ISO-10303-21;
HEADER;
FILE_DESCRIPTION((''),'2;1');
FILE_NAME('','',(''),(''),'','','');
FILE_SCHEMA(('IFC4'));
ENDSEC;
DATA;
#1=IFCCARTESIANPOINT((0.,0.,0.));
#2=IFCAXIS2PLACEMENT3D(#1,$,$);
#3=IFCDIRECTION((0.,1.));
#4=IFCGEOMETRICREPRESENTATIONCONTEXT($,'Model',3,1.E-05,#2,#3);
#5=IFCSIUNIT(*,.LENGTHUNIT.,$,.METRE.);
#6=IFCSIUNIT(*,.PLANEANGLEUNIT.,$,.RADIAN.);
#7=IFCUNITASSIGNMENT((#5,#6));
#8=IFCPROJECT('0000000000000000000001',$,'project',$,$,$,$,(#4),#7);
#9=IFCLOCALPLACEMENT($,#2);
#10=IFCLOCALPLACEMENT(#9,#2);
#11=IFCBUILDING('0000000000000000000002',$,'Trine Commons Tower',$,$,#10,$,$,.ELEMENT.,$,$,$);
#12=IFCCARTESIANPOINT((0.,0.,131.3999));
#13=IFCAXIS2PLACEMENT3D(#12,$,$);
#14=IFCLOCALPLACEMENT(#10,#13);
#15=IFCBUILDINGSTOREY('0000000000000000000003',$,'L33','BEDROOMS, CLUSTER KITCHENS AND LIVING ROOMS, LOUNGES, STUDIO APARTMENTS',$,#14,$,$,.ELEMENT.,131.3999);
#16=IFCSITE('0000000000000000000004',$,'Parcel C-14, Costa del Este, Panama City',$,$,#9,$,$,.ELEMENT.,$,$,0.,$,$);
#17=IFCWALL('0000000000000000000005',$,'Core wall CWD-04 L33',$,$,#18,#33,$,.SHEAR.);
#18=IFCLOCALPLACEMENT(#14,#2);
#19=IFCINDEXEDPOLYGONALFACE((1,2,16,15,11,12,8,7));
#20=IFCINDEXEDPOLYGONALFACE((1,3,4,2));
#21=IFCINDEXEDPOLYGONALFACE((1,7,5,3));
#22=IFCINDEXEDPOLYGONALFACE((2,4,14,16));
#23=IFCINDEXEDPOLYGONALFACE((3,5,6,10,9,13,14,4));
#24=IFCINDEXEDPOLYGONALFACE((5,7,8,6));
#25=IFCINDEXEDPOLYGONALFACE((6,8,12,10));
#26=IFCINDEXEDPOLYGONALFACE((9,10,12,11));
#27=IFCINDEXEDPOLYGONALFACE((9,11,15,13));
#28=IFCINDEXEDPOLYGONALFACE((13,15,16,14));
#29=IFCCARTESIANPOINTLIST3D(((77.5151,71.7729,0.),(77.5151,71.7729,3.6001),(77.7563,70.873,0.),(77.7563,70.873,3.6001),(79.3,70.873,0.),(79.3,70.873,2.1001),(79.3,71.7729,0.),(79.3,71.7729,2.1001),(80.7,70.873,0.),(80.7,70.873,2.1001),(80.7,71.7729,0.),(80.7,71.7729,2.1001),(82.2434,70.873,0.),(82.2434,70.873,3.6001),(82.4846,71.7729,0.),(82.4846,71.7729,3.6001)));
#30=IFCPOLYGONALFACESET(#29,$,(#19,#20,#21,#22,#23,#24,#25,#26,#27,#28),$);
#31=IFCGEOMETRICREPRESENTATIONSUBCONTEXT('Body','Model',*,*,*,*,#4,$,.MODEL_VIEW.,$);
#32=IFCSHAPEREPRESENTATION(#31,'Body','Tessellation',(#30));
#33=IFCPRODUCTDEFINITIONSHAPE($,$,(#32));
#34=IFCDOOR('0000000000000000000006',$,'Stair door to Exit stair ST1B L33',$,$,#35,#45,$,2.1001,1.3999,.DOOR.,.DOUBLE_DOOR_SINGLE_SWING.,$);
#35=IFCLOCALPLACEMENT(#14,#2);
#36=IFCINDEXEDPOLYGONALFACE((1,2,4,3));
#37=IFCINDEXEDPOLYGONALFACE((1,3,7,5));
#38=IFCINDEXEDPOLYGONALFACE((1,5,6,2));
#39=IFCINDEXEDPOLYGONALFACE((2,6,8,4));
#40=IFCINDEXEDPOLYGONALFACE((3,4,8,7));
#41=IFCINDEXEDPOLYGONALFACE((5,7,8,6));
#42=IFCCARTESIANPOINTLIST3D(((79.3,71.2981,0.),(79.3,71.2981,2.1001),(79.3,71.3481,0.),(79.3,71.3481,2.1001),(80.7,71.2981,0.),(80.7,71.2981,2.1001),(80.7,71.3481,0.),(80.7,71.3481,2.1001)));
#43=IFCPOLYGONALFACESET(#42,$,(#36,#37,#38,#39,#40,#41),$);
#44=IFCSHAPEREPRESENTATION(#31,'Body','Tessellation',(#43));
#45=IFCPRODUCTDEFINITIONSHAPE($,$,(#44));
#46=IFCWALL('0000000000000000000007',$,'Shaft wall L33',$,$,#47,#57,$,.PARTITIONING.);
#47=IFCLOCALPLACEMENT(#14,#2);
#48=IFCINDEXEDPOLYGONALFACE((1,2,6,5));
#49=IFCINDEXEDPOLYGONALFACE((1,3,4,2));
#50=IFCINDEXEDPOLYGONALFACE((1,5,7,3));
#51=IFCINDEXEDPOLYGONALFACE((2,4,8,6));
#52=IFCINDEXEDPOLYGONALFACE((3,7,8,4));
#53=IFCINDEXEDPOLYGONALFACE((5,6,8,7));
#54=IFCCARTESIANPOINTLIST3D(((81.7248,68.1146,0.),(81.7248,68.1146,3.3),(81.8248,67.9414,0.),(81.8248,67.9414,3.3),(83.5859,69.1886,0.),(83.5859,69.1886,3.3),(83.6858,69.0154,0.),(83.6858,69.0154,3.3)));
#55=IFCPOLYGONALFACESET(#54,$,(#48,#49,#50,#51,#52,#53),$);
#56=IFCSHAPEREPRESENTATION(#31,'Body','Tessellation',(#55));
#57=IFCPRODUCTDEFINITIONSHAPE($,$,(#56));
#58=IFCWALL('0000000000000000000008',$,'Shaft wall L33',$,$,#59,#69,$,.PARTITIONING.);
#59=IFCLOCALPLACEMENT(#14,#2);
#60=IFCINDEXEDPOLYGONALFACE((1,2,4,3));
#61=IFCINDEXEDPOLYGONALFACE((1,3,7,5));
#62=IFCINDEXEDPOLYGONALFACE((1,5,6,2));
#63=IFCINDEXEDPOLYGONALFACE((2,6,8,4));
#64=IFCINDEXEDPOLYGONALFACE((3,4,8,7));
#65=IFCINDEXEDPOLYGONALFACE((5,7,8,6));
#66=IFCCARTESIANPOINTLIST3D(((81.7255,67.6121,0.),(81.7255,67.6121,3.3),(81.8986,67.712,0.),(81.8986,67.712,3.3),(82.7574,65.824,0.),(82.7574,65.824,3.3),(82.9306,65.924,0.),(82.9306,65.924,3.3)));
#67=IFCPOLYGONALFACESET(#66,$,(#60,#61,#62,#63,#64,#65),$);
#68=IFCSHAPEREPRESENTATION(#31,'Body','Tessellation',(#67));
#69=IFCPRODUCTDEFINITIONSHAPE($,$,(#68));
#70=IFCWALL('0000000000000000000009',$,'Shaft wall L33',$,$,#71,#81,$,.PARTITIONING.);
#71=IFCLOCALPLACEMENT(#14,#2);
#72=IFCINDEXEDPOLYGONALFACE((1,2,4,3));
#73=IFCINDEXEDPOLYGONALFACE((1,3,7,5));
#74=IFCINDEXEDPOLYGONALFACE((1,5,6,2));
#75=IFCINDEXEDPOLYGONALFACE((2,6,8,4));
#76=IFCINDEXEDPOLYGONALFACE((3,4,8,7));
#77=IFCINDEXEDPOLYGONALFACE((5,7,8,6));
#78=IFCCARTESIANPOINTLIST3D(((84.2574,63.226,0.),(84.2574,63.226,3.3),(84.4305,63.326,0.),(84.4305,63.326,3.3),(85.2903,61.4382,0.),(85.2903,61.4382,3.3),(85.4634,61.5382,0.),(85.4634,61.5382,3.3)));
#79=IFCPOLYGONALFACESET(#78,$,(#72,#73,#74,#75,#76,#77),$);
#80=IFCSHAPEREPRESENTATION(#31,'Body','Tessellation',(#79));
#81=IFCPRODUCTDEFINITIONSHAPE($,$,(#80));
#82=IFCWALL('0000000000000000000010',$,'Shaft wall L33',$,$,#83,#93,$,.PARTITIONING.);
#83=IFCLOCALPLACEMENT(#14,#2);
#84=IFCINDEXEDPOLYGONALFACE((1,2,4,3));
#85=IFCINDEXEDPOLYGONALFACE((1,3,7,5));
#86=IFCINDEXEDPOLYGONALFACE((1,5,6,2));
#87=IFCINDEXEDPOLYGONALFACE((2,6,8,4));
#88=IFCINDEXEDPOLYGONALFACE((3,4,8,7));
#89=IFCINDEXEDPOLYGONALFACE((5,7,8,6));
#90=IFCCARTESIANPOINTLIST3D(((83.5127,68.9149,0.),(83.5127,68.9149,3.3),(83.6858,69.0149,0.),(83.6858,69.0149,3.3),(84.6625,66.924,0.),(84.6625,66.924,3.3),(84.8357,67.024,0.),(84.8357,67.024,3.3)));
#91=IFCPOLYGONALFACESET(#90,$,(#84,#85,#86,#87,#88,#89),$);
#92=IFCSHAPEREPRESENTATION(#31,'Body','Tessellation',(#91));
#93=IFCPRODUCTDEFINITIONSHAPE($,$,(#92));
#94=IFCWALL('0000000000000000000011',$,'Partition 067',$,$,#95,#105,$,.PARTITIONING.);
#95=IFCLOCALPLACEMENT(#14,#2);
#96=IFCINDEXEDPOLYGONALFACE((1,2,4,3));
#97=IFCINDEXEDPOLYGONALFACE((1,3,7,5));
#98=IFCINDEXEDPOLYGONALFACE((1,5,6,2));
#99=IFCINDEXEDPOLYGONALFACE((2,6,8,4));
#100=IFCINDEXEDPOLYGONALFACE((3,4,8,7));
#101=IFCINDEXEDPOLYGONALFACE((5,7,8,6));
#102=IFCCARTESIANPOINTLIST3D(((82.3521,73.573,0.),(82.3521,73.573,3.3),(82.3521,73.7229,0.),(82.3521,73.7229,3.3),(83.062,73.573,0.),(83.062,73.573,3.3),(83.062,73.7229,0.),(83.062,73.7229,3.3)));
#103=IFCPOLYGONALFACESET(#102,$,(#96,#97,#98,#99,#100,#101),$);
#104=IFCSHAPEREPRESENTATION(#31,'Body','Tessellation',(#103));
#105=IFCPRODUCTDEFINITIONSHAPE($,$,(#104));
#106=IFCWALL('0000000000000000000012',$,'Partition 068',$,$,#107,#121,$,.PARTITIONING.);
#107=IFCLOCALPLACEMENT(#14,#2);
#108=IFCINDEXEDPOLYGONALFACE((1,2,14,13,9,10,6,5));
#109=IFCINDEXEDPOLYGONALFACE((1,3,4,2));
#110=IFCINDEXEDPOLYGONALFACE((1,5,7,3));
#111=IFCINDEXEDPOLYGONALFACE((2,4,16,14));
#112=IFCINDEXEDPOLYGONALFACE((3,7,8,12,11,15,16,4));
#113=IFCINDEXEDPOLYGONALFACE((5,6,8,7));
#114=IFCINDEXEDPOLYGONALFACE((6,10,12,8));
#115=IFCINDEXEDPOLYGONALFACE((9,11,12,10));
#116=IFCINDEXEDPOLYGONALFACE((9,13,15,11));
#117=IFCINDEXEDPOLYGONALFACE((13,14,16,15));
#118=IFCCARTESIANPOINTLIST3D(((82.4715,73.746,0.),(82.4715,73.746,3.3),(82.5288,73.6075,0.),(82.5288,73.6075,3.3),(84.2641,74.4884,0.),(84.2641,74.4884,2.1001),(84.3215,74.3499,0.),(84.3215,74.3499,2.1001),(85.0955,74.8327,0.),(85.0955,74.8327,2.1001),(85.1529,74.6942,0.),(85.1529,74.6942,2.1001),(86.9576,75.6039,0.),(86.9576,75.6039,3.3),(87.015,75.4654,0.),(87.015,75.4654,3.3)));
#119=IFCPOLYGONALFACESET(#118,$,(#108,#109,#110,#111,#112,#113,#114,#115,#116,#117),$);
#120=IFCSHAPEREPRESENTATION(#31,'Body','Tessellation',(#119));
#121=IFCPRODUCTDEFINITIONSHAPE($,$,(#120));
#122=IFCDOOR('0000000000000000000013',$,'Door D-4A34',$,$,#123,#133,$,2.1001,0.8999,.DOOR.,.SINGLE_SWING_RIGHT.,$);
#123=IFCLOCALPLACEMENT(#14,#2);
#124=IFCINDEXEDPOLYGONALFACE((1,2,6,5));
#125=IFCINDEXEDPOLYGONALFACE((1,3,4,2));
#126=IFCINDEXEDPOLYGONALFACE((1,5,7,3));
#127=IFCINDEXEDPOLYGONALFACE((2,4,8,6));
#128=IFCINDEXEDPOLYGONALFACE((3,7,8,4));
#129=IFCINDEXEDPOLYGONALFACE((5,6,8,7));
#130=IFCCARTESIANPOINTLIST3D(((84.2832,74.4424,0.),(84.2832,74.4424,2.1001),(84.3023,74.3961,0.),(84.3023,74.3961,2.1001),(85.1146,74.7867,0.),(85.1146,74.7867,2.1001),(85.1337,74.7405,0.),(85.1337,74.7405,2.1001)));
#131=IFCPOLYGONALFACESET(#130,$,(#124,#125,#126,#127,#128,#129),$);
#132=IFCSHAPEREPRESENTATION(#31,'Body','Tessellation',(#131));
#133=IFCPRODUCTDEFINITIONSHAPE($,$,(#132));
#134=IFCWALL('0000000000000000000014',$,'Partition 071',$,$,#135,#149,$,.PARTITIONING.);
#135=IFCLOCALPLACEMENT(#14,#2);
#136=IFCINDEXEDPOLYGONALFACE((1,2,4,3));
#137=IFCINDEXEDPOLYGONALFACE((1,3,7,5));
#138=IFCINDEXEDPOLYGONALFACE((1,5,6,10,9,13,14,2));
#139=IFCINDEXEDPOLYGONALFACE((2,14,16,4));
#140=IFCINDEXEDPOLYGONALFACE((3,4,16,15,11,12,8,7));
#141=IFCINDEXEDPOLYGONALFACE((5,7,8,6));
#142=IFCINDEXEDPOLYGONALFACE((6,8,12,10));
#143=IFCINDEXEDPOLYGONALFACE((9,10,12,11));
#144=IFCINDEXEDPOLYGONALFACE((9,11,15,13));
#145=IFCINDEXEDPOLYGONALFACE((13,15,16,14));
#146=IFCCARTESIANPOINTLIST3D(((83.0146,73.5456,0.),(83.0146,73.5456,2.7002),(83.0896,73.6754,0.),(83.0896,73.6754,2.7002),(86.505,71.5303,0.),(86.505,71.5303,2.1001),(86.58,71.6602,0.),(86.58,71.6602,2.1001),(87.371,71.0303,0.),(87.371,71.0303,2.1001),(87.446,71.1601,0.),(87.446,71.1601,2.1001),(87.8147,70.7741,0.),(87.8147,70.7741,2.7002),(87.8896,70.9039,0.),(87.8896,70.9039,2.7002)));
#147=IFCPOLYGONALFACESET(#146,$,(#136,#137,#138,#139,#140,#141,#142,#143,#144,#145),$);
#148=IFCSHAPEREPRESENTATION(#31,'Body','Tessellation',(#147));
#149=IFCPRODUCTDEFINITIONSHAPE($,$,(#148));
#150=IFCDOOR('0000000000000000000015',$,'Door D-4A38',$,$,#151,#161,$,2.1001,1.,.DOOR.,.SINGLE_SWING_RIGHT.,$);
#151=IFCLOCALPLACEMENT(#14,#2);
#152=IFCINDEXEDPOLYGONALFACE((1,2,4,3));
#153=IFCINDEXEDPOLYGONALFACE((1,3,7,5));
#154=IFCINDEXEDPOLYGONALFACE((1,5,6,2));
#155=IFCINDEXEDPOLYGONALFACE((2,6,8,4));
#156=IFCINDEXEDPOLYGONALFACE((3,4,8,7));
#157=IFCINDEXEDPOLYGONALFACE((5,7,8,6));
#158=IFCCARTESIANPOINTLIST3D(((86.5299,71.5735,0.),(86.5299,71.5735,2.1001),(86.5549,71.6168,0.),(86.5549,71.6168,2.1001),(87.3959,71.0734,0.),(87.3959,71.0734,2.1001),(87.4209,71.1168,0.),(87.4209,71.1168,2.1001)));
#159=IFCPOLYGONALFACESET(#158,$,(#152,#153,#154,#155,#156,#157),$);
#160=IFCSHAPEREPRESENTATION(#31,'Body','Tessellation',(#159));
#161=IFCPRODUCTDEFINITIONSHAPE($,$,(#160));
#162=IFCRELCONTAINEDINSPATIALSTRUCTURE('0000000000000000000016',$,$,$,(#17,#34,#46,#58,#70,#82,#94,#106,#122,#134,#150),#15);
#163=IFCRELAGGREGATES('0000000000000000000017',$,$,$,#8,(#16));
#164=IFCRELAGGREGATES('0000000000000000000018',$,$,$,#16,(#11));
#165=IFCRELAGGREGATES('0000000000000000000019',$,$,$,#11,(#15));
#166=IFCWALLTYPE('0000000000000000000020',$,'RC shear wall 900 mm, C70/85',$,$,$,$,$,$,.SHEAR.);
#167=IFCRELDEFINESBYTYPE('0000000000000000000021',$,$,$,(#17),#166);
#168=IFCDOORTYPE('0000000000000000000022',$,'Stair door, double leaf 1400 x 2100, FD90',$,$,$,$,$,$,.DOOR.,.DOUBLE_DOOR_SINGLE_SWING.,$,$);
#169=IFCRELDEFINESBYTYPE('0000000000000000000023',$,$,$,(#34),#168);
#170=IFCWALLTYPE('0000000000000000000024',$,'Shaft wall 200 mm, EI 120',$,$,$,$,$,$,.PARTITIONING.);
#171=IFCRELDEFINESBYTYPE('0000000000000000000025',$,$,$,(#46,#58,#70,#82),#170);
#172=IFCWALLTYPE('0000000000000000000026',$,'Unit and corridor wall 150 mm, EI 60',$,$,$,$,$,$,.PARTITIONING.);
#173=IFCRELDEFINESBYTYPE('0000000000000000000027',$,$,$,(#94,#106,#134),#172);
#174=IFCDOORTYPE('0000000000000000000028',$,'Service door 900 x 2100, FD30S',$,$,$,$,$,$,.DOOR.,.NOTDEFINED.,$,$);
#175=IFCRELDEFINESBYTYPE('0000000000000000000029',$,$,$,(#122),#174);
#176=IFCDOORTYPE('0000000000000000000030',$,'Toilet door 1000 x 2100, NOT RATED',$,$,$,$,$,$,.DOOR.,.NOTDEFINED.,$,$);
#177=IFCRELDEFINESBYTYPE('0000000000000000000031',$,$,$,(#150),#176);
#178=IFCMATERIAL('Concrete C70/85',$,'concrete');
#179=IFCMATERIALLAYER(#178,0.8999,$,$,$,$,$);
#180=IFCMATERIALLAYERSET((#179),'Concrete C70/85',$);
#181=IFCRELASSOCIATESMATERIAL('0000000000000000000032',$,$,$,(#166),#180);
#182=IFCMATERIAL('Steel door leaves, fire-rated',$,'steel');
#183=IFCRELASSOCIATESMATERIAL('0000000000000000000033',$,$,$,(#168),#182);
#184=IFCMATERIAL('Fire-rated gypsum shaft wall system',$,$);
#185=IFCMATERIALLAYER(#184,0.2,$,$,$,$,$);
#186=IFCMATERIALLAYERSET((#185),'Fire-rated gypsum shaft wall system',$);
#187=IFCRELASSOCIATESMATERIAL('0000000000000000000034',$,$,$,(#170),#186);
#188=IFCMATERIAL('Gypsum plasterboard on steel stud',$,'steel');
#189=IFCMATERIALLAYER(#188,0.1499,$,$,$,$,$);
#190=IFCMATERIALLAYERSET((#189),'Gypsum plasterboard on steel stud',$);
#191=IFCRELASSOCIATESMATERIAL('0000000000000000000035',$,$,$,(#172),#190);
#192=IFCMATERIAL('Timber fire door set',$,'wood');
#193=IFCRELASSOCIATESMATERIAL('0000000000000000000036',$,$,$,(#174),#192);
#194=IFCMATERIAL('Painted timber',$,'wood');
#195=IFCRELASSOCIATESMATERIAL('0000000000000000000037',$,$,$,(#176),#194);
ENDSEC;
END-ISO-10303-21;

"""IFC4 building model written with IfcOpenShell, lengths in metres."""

from ifc_helpers import new_model, si_unit, direction, frame, frame_2d, origin, place, context, subcontext, project, spatial, polyline, rectangle, outline, extrude, material, layer, layer_set, type_object, element, fill, save


model = new_model("IFC4")

# Units and contexts
model_context = context("Model", 3, precision=1e-05, world=origin(), true_north=direction((0.0, 1.0)))
body_context = subcontext(model_context, "Body", "Model", "MODEL_VIEW")
ifc_project = project(units=[si_unit("LENGTHUNIT", "METRE"), si_unit("PLANEANGLEUNIT", "RADIAN")], contexts=[model_context])

# Site, building, storey
site_placement = place(None, origin())
site = spatial("IfcSite", under=ifc_project, at=site_placement, Name="Parcel C-14, Costa del Este, Panama City", CompositionType="ELEMENT", RefElevation=0.0)
building_placement = place(site_placement, origin())
building = spatial("IfcBuilding", under=site, at=building_placement, Name="Trine Commons Tower", CompositionType="ELEMENT")
storey_placement = place(building_placement, frame((0.0, 0.0, 131.3999)))
storey = spatial("IfcBuildingStorey", under=building, at=storey_placement, Name="L33", Description="BEDROOMS, CLUSTER KITCHENS AND LIVING ROOMS, LOUNGES, STUDIO APARTMENTS", CompositionType="ELEMENT", Elevation=131.3999)

# Shared definitions
ifc_material_1 = material(Name="Fire-rated gypsum shaft wall system")
ifc_material_2 = material(Name="Concrete C70/85", Category="concrete")

# Wall, opening, door
ifc_layer_1 = layer(ifc_material_2, 0.8999)
ifc_layer_set_1 = layer_set([ifc_layer_1], Name="Concrete C70/85")
wall_type_1 = type_object("IfcWallType", Name="RC shear wall 900 mm, C70/85", PredefinedType="SHEAR", material=ifc_layer_set_1)
wall_1_placement = place(storey_placement, frame((82.4846, 71.323, 0.0), z_axis=(0.0, 0.0, 1.0), x_axis=(-1.0, 0.0, 0.0)))
wall_1 = element("IfcWall", 1, at=wall_1_placement, inside=storey, type_object=wall_type_1, Name="Core wall CWD-04 L33", PredefinedType="SHEAR", context=body_context, shape_type="SweptSolid", body=[
    extrude(outline(polyline([(0.0, -0.45), (4.9695, -0.45), (4.7283, 0.45), (0.2412, 0.45), (0.0, -0.45)])), origin(), (0.0, 0.0, 1.0), 3.6001),
])
opening_1_placement = place(wall_1_placement, frame((1.7847, 0.0, 0.0)))
opening_1 = element("IfcOpeningElement", 2, at=opening_1_placement, cuts=wall_1, PredefinedType="OPENING", context=body_context, shape_type="SweptSolid", body=[
    extrude(rectangle(XDim=1.3999, YDim=2.1001, at=frame_2d((0.7, 1.05))), frame((0.0, 0.46, 0.0), z_axis=(0.0, -1.0, 0.0), x_axis=(1.0, 0.0, 0.0)), (0.0, 0.0, 1.0), 0.9199),
])
ifc_material_3 = material(Name="Steel door leaves, fire-rated", Category="steel")
door_type_1 = type_object("IfcDoorType", Name="Stair door, double leaf 1400 x 2100, FD90", OperationType="DOUBLE_DOOR_SINGLE_SWING", PredefinedType="DOOR", material=ifc_material_3)
door_1_placement = place(opening_1_placement, origin())
door_1 = element("IfcDoor", 3, at=door_1_placement, inside=storey, type_object=door_type_1, Name="Stair door to Exit stair ST1B L33", OperationType="DOUBLE_DOOR_SINGLE_SWING", OverallHeight=2.1001, OverallWidth=1.3999, PredefinedType="DOOR", context=body_context, shape_type="SweptSolid", body=[
    extrude(rectangle(XDim=1.3999, YDim=2.1001, at=frame_2d((0.7, 1.05))), frame((0.0, 0.0249, 0.0), z_axis=(0.0, -1.0, 0.0), x_axis=(1.0, 0.0, 0.0)), (0.0, 0.0, 1.0), 0.05),
])
fill(opening_1, door_1)

# Walls
ifc_layer_2 = layer(ifc_material_1, 0.2)
ifc_layer_set_2 = layer_set([ifc_layer_2], Name="Fire-rated gypsum shaft wall system")
wall_type_2 = type_object("IfcWallType", Name="Shaft wall 200 mm, EI 120", PredefinedType="PARTITIONING", material=ifc_layer_set_2)
wall_2_placement = place(storey_placement, frame((81.7749, 68.0281, 0.0), z_axis=(0.0, 0.0, 1.0), x_axis=(0.866131, 0.499818, 0.0)))
element("IfcWall", 4, at=wall_2_placement, inside=storey, type_object=wall_type_2, Name="Shaft wall L33", PredefinedType="PARTITIONING", context=body_context, shape_type="SweptSolid", body=[
    extrude(rectangle(XDim=2.1487, YDim=0.2, at=frame_2d((1.0742, 0.0))), origin(), (0.0, 0.0, 1.0), 3.3),
])
wall_3_placement = place(storey_placement, frame((82.844, 65.874, 0.0), z_axis=(0.0, 0.0, 1.0), x_axis=(-0.499866, 0.866103, 0.0)))
element("IfcWall", 5, at=wall_3_placement, inside=storey, type_object=wall_type_2, Name="Shaft wall L33", PredefinedType="PARTITIONING", context=body_context, shape_type="SweptSolid", body=[
    extrude(rectangle(XDim=2.0645, YDim=0.2, at=frame_2d((1.0322, 0.0))), origin(), (0.0, 0.0, 1.0), 3.3),
])
wall_4_placement = place(storey_placement, frame((84.344, 63.2759, 0.0), z_axis=(0.0, 0.0, 1.0), x_axis=(0.500272, -0.865868, 0.0)))
element("IfcWall", 6, at=wall_4_placement, inside=storey, type_object=wall_type_2, Name="Shaft wall L33", PredefinedType="PARTITIONING", context=body_context, shape_type="SweptSolid", body=[
    extrude(rectangle(XDim=2.0647, YDim=0.2, at=frame_2d((1.0322, 0.0))), origin(), (0.0, 0.0, 1.0), 3.3),
])
wall_5_placement = place(storey_placement, frame((84.749, 66.9741, 0.0), z_axis=(0.0, 0.0, 1.0), x_axis=(-0.500136, 0.865947, 0.0)))
element("IfcWall", 7, at=wall_5_placement, inside=storey, type_object=wall_type_2, Name="Shaft wall L33", PredefinedType="PARTITIONING", context=body_context, shape_type="SweptSolid", body=[
    extrude(rectangle(XDim=2.2991, YDim=0.2, at=frame_2d((1.1494, 0.0))), origin(), (0.0, 0.0, 1.0), 3.3),
])
ifc_material_4 = material(Name="Gypsum plasterboard on steel stud", Category="steel")
ifc_layer_3 = layer(ifc_material_4, 0.1499)
ifc_layer_set_3 = layer_set([ifc_layer_3], Name="Gypsum plasterboard on steel stud")
wall_type_3 = type_object("IfcWallType", Name="Unit and corridor wall 150 mm, EI 60", PredefinedType="PARTITIONING", material=ifc_layer_set_3)
wall_6_placement = place(storey_placement, frame((82.3521, 73.6479, 0.0), z_axis=(0.0, 0.0, 1.0), x_axis=(1.0, 0.0, 0.0)))
element("IfcWall", 8, at=wall_6_placement, inside=storey, type_object=wall_type_3, Name="Partition 067", PredefinedType="PARTITIONING", context=body_context, shape_type="SweptSolid", body=[
    extrude(rectangle(XDim=0.71, YDim=0.1499, at=frame_2d((0.355, 0.0))), origin(), (0.0, 0.0, 1.0), 3.3),
])

# Walls, openings, doors
wall_7_placement = place(storey_placement, frame((82.5002, 73.6768, 0.0), z_axis=(0.0, 0.0, 1.0), x_axis=(0.9239, 0.382633, 0.0)))
wall_7 = element("IfcWall", 9, at=wall_7_placement, inside=storey, type_object=wall_type_3, Name="Partition 068", PredefinedType="PARTITIONING", context=body_context, shape_type="SweptSolid", body=[
    extrude(rectangle(XDim=4.8557, YDim=0.1499, at=frame_2d((2.4277, 0.0))), origin(), (0.0, 0.0, 1.0), 3.3),
])
opening_2_placement = place(wall_7_placement, frame((1.9402, 0.0, 0.0)))
opening_2 = element("IfcOpeningElement", 10, at=opening_2_placement, cuts=wall_7, PredefinedType="OPENING", context=body_context, shape_type="SweptSolid", body=[
    extrude(rectangle(XDim=0.8999, YDim=2.1001, at=frame_2d((0.45, 1.05))), frame((0.0, 0.085, 0.0), z_axis=(0.0, -1.0, 0.0), x_axis=(1.0, 0.0, 0.0)), (0.0, 0.0, 1.0), 0.1699),
])
ifc_material_5 = material(Name="Timber fire door set", Category="wood")
door_type_2 = type_object("IfcDoorType", Name="Service door 900 x 2100, FD30S", OperationType="NOTDEFINED", PredefinedType="DOOR", material=ifc_material_5)
door_2_placement = place(opening_2_placement, frame((0.8999, 0.0, 0.0), z_axis=(0.0, 0.0, 1.0), x_axis=(-1.0, 0.0, 0.0)))
door_2 = element("IfcDoor", 11, at=door_2_placement, inside=storey, type_object=door_type_2, Name="Door D-4A34", OperationType="SINGLE_SWING_RIGHT", OverallHeight=2.1001, OverallWidth=0.8999, PredefinedType="DOOR", context=body_context, shape_type="SweptSolid", body=[
    extrude(rectangle(XDim=0.8999, YDim=2.1001, at=frame_2d((0.45, 1.05))), frame((0.0, 0.0249, 0.0), z_axis=(0.0, -1.0, 0.0), x_axis=(1.0, 0.0, 0.0)), (0.0, 0.0, 1.0), 0.05),
])
fill(opening_2, door_2)
wall_8_placement = place(storey_placement, frame((83.052, 73.6106, 0.0), z_axis=(0.0, 0.0, 1.0), x_axis=(0.866012, -0.500024, 0.0)))
wall_8 = element("IfcWall", 12, at=wall_8_placement, inside=storey, type_object=wall_type_3, Name="Partition 071", PredefinedType="PARTITIONING", context=body_context, shape_type="SweptSolid", body=[
    extrude(rectangle(XDim=5.5427, YDim=0.1499, at=frame_2d((2.7715, 0.0))), origin(), (0.0, 0.0, 1.0), 2.7002),
])
opening_3_placement = place(wall_8_placement, frame((4.0305, 0.0, 0.0)))
opening_3 = element("IfcOpeningElement", 13, at=opening_3_placement, cuts=wall_8, PredefinedType="OPENING", context=body_context, shape_type="SweptSolid", body=[
    extrude(rectangle(XDim=1.0, YDim=2.1001, at=frame_2d((0.5, 1.05))), frame((0.0, 0.085, 0.0), z_axis=(0.0, -1.0, 0.0), x_axis=(1.0, 0.0, 0.0)), (0.0, 0.0, 1.0), 0.1699),
])
ifc_material_6 = material(Name="Painted timber", Category="wood")
door_type_3 = type_object("IfcDoorType", Name="Toilet door 1000 x 2100, NOT RATED", OperationType="NOTDEFINED", PredefinedType="DOOR", material=ifc_material_6)
door_3_placement = place(opening_3_placement, origin())
door_3 = element("IfcDoor", 14, at=door_3_placement, inside=storey, type_object=door_type_3, Name="Door D-4A38", OperationType="SINGLE_SWING_RIGHT", OverallHeight=2.1001, OverallWidth=1.0, PredefinedType="DOOR", context=body_context, shape_type="SweptSolid", body=[
    extrude(rectangle(XDim=1.0, YDim=2.1001, at=frame_2d((0.5, 1.05))), frame((0.0, 0.0249, 0.0), z_axis=(0.0, -1.0, 0.0), x_axis=(1.0, 0.0, 0.0)), (0.0, 0.0, 1.0), 0.05),
])
fill(opening_3, door_3)

save(model, "model.ifc")
